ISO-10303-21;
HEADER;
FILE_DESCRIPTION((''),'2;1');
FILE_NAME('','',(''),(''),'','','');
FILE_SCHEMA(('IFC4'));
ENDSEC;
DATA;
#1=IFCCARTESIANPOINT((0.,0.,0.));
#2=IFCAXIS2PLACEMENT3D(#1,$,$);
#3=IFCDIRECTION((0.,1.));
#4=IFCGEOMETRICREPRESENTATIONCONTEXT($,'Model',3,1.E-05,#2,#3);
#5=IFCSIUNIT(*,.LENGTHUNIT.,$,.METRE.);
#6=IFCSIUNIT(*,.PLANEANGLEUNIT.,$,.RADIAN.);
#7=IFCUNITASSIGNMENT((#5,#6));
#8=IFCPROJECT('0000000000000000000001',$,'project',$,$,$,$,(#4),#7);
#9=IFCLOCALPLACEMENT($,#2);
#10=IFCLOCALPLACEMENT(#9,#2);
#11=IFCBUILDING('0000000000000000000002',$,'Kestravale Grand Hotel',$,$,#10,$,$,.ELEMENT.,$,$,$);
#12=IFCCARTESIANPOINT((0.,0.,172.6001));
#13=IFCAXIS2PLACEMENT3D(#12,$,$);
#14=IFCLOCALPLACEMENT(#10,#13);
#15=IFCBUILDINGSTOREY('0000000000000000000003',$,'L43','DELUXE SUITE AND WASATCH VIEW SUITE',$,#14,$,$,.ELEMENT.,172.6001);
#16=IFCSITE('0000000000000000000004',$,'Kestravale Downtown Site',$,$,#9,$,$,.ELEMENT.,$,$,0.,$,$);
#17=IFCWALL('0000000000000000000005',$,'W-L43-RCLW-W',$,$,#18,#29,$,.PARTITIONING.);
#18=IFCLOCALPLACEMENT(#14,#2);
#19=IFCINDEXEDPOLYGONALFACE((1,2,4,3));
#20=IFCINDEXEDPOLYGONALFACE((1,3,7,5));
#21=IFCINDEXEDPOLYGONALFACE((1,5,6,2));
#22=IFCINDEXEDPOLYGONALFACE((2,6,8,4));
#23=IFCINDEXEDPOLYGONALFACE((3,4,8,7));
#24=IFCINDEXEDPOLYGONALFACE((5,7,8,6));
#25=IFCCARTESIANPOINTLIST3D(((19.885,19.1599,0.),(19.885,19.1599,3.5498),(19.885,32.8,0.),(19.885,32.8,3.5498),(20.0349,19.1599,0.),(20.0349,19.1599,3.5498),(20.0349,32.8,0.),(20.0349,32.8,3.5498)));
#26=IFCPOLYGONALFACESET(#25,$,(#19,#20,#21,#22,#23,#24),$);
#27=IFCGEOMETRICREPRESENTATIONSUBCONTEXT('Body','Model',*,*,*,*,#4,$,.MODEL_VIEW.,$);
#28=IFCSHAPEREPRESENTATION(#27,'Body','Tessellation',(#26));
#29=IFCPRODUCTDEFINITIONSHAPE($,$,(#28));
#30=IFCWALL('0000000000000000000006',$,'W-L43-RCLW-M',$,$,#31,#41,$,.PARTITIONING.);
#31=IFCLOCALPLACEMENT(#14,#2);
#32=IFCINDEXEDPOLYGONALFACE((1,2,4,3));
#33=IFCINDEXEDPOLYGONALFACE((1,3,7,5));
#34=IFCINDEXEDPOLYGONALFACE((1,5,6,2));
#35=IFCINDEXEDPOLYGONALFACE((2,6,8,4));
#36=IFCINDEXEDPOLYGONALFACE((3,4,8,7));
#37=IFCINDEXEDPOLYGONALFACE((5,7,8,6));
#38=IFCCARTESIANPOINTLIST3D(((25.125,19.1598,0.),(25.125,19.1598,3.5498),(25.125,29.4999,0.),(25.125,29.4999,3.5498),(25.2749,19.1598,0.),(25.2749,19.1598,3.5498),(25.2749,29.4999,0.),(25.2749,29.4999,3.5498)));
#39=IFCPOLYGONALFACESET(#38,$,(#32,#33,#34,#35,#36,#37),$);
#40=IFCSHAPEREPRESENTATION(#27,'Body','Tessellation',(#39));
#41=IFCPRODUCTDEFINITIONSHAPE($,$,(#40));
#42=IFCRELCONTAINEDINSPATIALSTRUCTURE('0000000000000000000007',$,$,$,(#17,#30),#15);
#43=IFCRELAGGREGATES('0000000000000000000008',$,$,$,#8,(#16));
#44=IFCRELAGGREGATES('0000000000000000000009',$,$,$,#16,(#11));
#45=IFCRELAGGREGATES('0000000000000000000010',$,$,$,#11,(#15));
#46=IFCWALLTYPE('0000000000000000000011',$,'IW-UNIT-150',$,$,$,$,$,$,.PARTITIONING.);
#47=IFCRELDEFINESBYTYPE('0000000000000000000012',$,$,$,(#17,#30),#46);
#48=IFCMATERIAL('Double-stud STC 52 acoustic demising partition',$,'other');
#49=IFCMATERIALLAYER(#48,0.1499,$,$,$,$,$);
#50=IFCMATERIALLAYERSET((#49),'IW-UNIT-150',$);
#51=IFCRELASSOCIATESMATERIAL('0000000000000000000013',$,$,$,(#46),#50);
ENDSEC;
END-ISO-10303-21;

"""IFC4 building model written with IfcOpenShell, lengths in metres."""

from ifc_helpers import new_model, si_unit, direction, frame, frame_2d, origin, place, context, subcontext, project, spatial, rectangle, extrude, material, layer, layer_set, type_object, element, save


model = new_model("IFC4")

# Units and contexts
model_context = context("Model", 3, precision=1e-05, world=origin(), true_north=direction((0.0, 1.0)))
body_context = subcontext(model_context, "Body", "Model", "MODEL_VIEW")
ifc_project = project(units=[si_unit("LENGTHUNIT", "METRE"), si_unit("PLANEANGLEUNIT", "RADIAN")], contexts=[model_context])

# Site, building, storey
site_placement = place(None, origin())
site = spatial("IfcSite", under=ifc_project, at=site_placement, Name="Kestravale Downtown Site", CompositionType="ELEMENT", RefElevation=0.0)
building_placement = place(site_placement, origin())
building = spatial("IfcBuilding", under=site, at=building_placement, Name="Kestravale Grand Hotel", CompositionType="ELEMENT")
storey_placement = place(building_placement, frame((0.0, 0.0, 172.6001)))
storey = spatial("IfcBuildingStorey", under=building, at=storey_placement, Name="L43", Description="DELUXE SUITE AND WASATCH VIEW SUITE", CompositionType="ELEMENT", Elevation=172.6001)

# Walls
ifc_material_1 = material(Name="Double-stud STC 52 acoustic demising partition", Category="other")
ifc_layer_1 = layer(ifc_material_1, 0.1499)
ifc_layer_set_1 = layer_set([ifc_layer_1], Name="IW-UNIT-150")
wall_type_1 = type_object("IfcWallType", Name="IW-UNIT-150", PredefinedType="PARTITIONING", material=ifc_layer_set_1)
wall_1_placement = place(storey_placement, frame((19.96, 19.1599, 0.0), z_axis=(0.0, 0.0, 1.0), x_axis=(0.0, 1.0, 0.0)))
element("IfcWall", 1, at=wall_1_placement, inside=storey, type_object=wall_type_1, Name="W-L43-RCLW-W", PredefinedType="PARTITIONING", context=body_context, shape_type="SweptSolid", body=[
    extrude(rectangle(XDim=13.6401, YDim=0.1499, at=frame_2d((6.8201, 0.0))), origin(), (0.0, 0.0, 1.0), 3.5498),
])
wall_2_placement = place(storey_placement, frame((25.2, 19.1599, 0.0), z_axis=(0.0, 0.0, 1.0), x_axis=(0.0, 1.0, 0.0)))
element("IfcWall", 2, at=wall_2_placement, inside=storey, type_object=wall_type_1, Name="W-L43-RCLW-M", PredefinedType="PARTITIONING", context=body_context, shape_type="SweptSolid", body=[
    extrude(rectangle(XDim=10.3401, YDim=0.1499, at=frame_2d((5.1699, 0.0))), origin(), (0.0, 0.0, 1.0), 3.5498),
])

save(model, "model.ifc")
